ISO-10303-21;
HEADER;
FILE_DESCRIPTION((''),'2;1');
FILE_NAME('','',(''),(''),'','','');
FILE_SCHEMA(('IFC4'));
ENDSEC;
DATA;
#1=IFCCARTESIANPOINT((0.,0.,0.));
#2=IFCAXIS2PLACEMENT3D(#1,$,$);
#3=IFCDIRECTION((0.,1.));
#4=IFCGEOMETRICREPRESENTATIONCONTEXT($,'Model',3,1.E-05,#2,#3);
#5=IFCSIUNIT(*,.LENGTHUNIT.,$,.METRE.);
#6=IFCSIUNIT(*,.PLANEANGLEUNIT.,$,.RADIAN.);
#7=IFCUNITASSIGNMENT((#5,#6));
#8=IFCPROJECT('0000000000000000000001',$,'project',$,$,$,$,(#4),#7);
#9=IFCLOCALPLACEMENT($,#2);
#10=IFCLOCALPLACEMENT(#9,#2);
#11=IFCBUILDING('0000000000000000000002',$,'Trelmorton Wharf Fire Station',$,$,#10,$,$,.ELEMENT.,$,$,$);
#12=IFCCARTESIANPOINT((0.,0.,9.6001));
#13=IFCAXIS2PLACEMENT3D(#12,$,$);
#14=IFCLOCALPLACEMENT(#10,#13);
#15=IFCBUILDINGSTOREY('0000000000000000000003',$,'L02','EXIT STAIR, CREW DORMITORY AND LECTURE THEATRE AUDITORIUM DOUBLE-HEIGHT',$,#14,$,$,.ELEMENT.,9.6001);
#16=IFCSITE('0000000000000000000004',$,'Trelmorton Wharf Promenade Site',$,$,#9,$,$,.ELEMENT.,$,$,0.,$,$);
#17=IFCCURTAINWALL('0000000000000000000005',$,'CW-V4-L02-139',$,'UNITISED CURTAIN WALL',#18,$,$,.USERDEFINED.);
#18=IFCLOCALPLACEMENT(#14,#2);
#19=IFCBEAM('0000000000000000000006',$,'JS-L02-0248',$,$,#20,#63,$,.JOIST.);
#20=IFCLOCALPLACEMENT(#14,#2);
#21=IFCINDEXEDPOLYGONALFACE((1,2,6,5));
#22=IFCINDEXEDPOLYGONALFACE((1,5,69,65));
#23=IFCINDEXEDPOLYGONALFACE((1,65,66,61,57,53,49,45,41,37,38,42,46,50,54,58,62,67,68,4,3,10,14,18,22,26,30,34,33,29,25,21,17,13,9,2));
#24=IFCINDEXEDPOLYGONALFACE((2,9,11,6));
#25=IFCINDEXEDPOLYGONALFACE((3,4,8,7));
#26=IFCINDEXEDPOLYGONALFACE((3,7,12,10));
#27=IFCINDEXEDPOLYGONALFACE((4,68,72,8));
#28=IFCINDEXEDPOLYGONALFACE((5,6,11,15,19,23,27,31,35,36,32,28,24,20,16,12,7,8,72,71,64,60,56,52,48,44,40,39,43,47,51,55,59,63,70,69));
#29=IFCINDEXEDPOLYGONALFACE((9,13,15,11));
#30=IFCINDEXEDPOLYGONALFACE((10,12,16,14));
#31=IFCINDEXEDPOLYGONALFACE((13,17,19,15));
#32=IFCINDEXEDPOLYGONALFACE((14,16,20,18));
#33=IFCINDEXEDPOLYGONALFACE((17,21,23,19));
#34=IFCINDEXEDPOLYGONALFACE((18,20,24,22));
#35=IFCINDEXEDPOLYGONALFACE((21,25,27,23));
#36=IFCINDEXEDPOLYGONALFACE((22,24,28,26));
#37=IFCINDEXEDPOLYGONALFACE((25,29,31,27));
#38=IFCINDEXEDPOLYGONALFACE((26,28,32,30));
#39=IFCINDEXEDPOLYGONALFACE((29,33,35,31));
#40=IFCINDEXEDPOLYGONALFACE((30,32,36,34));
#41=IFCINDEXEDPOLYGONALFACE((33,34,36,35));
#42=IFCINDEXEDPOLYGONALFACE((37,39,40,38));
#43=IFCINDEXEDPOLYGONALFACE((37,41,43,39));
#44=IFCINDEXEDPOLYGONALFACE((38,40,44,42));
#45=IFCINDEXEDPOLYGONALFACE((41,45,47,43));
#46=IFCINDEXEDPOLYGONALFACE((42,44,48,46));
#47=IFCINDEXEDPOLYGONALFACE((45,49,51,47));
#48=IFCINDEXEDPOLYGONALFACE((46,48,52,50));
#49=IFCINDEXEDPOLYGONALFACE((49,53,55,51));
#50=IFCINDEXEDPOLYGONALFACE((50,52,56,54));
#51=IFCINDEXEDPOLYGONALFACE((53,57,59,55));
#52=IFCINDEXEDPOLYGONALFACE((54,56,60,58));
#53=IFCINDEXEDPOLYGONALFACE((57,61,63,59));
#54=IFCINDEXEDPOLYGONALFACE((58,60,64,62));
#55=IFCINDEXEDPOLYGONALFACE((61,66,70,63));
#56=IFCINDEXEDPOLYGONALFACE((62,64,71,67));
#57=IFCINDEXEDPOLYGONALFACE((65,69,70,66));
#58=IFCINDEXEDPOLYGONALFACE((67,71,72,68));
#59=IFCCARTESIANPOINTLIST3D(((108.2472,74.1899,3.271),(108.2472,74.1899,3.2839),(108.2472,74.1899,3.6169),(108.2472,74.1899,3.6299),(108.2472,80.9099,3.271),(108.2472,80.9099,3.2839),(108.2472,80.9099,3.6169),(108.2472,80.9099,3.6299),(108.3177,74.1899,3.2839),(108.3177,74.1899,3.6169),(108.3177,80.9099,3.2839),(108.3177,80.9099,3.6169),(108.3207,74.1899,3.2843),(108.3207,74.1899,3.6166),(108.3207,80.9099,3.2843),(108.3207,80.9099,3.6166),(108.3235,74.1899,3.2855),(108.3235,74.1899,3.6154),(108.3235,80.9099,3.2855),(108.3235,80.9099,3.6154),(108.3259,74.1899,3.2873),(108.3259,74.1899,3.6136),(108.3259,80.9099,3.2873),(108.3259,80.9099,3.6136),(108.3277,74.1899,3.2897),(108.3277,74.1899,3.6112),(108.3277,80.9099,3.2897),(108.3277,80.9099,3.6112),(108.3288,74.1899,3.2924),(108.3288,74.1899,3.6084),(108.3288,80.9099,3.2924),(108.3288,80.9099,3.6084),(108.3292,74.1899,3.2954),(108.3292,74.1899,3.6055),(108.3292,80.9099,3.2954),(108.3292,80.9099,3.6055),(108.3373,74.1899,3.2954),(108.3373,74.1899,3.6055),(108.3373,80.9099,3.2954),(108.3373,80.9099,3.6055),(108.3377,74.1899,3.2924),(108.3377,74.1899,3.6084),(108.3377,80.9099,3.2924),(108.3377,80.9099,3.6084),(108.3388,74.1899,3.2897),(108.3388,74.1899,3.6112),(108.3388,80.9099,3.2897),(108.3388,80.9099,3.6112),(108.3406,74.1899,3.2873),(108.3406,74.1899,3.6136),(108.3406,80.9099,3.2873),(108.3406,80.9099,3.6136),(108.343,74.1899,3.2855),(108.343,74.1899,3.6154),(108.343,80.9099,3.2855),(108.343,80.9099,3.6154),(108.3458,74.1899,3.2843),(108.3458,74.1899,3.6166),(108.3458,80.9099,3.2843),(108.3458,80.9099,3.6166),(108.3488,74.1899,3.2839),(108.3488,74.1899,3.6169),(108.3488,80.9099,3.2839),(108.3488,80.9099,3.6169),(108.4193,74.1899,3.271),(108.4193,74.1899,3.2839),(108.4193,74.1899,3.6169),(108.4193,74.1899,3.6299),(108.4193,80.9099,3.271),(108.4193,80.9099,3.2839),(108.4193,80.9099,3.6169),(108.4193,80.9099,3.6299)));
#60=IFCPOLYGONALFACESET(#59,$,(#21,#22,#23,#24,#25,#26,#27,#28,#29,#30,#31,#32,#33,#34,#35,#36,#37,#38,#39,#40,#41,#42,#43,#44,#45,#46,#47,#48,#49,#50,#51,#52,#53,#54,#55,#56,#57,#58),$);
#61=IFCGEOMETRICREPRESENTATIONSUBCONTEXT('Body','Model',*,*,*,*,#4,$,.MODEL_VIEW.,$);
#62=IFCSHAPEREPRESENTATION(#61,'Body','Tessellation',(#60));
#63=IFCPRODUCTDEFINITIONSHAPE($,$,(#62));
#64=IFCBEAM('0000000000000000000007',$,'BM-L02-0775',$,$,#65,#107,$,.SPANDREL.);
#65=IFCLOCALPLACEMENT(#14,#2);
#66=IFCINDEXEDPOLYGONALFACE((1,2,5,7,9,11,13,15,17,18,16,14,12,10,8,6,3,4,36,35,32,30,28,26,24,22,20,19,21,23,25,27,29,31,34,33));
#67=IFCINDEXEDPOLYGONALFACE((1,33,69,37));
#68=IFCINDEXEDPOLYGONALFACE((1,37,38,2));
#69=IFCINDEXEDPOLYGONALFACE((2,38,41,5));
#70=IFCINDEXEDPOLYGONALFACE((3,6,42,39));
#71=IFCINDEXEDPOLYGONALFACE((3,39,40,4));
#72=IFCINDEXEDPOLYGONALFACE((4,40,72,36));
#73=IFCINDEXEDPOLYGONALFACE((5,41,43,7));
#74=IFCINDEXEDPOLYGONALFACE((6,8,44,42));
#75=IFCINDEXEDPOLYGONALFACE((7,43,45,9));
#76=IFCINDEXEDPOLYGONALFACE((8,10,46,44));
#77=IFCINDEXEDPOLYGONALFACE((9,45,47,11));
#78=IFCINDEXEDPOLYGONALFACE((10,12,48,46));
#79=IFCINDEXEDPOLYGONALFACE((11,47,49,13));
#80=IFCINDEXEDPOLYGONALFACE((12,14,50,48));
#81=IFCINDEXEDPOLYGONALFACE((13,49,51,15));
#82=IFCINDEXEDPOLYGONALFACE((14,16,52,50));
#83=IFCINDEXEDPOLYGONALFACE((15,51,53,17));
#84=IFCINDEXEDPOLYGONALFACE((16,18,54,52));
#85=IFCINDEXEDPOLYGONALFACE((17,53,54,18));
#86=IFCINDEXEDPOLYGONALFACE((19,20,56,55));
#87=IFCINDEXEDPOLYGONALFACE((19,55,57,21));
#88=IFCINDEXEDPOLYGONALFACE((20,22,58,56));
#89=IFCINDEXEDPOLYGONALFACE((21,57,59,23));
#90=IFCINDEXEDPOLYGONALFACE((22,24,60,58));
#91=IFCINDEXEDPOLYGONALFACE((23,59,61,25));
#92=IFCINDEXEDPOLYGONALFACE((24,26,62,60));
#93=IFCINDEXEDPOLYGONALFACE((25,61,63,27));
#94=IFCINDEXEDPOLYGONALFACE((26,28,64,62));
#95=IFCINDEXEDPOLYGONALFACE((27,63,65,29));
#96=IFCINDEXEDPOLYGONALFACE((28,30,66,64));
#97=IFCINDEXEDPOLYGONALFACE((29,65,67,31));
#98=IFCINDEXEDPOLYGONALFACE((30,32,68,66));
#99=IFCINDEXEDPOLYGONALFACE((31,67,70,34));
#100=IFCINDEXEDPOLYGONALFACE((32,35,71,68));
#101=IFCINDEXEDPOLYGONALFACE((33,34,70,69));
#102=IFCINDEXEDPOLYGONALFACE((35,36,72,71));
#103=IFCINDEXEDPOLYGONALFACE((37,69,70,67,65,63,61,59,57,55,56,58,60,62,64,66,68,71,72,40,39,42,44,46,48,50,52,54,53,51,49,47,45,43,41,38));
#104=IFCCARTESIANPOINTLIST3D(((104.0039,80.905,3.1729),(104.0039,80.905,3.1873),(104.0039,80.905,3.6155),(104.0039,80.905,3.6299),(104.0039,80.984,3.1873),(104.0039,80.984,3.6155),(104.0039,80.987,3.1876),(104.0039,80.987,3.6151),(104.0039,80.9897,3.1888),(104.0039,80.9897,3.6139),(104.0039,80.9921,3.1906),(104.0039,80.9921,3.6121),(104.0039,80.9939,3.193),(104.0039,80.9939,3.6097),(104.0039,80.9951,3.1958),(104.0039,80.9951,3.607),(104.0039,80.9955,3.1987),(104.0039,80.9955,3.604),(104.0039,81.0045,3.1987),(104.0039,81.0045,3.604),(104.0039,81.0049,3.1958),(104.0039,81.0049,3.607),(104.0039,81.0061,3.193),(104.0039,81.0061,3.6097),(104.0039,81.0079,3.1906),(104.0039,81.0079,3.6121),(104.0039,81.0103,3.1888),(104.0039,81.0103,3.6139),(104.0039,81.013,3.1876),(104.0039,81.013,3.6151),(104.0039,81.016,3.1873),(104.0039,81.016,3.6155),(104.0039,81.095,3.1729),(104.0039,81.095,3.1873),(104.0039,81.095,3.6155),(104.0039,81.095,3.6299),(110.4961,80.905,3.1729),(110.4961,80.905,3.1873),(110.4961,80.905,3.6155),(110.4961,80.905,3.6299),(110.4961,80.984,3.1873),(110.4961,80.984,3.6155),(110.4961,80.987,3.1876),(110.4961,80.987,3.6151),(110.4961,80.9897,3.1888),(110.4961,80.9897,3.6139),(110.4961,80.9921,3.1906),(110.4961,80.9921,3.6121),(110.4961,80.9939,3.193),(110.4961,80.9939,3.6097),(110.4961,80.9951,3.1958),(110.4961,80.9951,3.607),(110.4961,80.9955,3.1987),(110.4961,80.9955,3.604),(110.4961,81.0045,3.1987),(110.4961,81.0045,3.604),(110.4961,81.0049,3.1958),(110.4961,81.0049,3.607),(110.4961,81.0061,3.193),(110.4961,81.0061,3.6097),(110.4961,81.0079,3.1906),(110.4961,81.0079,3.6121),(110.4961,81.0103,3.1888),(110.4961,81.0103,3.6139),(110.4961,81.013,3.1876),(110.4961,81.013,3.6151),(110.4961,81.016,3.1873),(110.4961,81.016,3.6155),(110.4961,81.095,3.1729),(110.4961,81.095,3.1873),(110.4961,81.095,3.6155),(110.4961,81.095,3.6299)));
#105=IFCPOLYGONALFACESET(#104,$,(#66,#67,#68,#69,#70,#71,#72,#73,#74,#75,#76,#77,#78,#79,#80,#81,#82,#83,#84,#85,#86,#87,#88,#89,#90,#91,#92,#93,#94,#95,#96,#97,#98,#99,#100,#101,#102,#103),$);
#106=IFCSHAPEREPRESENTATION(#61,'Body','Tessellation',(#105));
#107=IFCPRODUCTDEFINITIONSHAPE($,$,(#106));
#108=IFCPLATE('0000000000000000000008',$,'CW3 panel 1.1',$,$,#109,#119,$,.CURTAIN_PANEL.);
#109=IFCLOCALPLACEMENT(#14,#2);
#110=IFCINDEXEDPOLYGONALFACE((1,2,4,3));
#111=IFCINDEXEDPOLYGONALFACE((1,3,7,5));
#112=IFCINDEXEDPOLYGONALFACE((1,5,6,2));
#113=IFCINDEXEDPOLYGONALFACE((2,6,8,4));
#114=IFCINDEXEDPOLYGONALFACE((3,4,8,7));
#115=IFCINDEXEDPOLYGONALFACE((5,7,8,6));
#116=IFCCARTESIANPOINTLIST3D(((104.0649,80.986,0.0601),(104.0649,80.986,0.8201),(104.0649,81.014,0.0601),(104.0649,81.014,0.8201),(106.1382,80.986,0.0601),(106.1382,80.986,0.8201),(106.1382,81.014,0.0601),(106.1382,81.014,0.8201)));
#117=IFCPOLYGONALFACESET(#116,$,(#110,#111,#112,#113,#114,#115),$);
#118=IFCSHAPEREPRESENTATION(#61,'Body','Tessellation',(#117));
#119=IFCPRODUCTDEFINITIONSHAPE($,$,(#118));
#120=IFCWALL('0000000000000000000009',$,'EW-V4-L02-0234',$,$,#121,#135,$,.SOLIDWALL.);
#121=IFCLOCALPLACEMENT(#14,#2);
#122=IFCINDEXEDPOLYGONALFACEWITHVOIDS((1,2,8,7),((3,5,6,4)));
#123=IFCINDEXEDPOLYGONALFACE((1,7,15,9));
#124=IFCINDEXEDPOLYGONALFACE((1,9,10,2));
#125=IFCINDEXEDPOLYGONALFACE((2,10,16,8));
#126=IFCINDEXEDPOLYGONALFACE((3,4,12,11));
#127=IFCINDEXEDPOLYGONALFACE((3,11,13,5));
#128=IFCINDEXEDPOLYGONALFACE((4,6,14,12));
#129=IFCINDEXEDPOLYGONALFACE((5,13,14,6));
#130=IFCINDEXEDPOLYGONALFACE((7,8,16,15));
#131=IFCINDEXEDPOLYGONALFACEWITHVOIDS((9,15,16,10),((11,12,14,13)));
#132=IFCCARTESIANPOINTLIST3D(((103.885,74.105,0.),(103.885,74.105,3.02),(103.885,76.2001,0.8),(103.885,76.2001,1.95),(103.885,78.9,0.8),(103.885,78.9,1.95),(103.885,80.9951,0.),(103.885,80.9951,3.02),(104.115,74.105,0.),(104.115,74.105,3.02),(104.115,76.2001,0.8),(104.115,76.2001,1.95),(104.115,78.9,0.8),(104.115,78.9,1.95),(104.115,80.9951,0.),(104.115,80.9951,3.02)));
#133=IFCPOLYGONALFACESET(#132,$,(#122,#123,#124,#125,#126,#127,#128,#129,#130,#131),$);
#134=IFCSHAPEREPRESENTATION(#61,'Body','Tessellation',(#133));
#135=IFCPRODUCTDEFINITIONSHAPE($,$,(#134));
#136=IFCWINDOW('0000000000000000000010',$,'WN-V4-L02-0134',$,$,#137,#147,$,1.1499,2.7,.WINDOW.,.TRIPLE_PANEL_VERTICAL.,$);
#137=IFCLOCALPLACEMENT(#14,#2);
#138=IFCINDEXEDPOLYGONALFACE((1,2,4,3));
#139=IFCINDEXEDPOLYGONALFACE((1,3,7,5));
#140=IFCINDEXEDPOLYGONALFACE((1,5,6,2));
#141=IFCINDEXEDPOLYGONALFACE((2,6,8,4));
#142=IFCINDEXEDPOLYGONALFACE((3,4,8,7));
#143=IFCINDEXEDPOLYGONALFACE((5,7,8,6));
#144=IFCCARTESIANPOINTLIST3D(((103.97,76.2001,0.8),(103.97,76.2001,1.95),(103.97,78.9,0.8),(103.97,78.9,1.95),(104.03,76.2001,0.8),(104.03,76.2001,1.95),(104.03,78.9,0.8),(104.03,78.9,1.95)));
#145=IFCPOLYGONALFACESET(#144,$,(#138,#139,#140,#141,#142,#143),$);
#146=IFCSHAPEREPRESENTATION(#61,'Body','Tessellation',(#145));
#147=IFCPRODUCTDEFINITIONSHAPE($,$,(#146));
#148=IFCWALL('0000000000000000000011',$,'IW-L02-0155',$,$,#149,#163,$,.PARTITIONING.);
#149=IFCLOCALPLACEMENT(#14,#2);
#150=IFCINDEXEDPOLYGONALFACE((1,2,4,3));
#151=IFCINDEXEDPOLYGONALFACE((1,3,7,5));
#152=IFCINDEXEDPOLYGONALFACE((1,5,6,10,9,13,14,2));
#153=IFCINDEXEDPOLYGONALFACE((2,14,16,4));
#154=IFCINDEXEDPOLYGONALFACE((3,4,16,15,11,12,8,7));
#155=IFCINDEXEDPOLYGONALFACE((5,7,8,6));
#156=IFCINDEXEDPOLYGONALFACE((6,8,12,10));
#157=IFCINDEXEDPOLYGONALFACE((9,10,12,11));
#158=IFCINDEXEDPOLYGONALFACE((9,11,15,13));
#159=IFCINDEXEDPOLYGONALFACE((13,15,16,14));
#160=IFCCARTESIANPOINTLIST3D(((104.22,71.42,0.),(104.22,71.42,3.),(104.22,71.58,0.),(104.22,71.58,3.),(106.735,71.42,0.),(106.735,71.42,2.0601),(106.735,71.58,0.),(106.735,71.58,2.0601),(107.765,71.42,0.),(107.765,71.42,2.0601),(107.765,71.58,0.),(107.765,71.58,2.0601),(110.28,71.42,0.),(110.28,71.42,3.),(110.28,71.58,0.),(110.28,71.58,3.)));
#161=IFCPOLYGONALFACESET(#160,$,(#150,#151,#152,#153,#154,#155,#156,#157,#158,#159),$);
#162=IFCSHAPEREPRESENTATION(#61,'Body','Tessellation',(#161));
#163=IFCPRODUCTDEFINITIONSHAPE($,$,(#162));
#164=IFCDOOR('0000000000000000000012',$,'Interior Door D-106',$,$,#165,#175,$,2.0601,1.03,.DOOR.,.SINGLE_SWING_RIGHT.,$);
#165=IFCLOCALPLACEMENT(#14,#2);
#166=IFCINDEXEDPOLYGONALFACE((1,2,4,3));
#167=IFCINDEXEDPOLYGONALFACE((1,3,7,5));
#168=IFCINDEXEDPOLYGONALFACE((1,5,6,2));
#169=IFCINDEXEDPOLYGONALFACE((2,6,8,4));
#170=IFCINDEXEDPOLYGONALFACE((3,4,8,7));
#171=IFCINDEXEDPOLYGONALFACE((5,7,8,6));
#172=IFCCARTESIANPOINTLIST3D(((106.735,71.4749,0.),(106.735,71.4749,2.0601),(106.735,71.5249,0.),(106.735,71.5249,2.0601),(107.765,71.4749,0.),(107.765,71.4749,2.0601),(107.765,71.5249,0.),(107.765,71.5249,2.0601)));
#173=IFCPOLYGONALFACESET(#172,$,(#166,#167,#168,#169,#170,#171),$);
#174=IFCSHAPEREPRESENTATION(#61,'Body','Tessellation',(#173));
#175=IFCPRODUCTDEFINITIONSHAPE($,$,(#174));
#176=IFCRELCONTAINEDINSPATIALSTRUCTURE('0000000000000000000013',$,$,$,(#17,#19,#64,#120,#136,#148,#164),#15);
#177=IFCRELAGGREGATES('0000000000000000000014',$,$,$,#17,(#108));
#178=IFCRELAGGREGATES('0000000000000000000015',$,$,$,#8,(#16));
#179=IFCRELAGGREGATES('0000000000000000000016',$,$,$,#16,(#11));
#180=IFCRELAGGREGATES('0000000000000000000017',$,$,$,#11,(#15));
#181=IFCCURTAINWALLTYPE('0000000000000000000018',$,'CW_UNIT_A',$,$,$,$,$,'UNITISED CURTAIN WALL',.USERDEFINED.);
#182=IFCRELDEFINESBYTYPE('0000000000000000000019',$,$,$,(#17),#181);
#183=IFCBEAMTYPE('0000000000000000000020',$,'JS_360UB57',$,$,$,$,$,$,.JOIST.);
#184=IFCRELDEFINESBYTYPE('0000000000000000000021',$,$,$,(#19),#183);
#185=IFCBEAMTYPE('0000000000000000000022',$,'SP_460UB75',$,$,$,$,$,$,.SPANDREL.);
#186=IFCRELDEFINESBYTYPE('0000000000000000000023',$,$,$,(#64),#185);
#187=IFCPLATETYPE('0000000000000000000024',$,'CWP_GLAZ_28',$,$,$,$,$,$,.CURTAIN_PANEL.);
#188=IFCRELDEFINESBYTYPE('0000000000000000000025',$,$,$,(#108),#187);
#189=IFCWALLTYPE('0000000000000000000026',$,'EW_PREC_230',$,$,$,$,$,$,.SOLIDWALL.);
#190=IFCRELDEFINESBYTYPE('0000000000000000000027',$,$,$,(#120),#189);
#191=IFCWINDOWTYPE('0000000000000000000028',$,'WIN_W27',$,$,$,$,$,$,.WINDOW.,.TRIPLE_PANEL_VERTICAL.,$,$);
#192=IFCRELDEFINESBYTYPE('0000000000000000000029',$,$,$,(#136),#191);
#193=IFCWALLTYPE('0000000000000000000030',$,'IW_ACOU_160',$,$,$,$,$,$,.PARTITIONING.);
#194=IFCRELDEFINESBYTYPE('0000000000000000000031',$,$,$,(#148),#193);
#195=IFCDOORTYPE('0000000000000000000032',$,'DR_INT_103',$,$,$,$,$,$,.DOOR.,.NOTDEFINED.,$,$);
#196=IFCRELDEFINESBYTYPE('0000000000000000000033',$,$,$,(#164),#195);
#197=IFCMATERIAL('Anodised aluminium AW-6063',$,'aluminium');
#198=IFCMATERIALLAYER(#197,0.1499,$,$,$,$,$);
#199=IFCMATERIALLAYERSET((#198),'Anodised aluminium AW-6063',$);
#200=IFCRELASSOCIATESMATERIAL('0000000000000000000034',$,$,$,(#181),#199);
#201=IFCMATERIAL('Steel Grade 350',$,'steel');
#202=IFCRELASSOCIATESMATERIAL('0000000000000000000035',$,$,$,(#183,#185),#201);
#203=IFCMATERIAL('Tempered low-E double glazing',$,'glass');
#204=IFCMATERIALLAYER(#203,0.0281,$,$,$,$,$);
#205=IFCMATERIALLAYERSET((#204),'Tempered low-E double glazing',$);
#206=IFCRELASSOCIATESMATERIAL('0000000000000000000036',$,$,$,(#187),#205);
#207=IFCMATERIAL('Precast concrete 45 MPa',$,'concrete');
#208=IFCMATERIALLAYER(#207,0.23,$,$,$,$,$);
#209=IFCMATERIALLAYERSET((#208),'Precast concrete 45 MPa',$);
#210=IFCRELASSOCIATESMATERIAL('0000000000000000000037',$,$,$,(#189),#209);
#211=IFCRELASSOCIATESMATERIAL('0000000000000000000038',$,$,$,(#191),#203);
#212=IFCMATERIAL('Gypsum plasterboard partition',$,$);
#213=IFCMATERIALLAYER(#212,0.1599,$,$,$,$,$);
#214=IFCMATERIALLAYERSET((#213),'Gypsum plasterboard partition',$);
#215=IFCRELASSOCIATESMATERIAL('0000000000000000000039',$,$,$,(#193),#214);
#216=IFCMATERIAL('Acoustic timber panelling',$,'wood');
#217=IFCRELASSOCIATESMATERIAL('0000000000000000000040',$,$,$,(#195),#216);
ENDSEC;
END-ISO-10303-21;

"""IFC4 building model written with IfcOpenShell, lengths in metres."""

from ifc_helpers import new_model, si_unit, direction, frame, frame_2d, origin, origin_2d, place, context, subcontext, project, spatial, rectangle, i_section, extrude, material, layer, layer_set, material_profile, profile_set, type_object, element, fill, aggregate, save


model = new_model("IFC4")

# Units and contexts
model_context = context("Model", 3, precision=1e-05, world=origin(), true_north=direction((0.0, 1.0)))
body_context = subcontext(model_context, "Body", "Model", "MODEL_VIEW")
ifc_project = project(units=[si_unit("LENGTHUNIT", "METRE"), si_unit("PLANEANGLEUNIT", "RADIAN")], contexts=[model_context])

# Site, building, storey
site_placement = place(None, origin())
site = spatial("IfcSite", under=ifc_project, at=site_placement, Name="Trelmorton Wharf Promenade Site", CompositionType="ELEMENT", RefElevation=0.0)
building_placement = place(site_placement, origin())
building = spatial("IfcBuilding", under=site, at=building_placement, Name="Trelmorton Wharf Fire Station", CompositionType="ELEMENT")
storey_placement = place(building_placement, frame((0.0, 0.0, 9.6001)))
storey = spatial("IfcBuildingStorey", under=building, at=storey_placement, Name="L02", Description="EXIT STAIR, CREW DORMITORY AND LECTURE THEATRE AUDITORIUM DOUBLE-HEIGHT", CompositionType="ELEMENT", Elevation=9.6001)

# Shared definitions
ifc_material_1 = material(Name="Steel Grade 350", Category="steel")

# Curtain wall
ifc_material_2 = material(Name="Anodised aluminium AW-6063", Category="aluminium")
ifc_layer_1 = layer(ifc_material_2, 0.1499)
ifc_layer_set_1 = layer_set([ifc_layer_1], Name="Anodised aluminium AW-6063")
curtain_wall_type = type_object("IfcCurtainWallType", Name="CW_UNIT_A", ElementType="UNITISED CURTAIN WALL", PredefinedType="USERDEFINED", material=ifc_layer_set_1)
curtain_wall_placement = place(storey_placement, origin())
curtain_wall = element("IfcCurtainWall", 1, at=curtain_wall_placement, inside=storey, type_object=curtain_wall_type, Name="CW-V4-L02-139", ObjectType="UNITISED CURTAIN WALL", PredefinedType="USERDEFINED")

# Beams
ifc_material_profile_1 = material_profile(ifc_material_1, i_section(OverallWidth=0.1721, OverallDepth=0.3589, WebThickness=0.0081, FlangeThickness=0.0129, FilletRadius=0.0115, at=origin_2d()), Name="360UB56.7")
ifc_profile_set_1 = profile_set([ifc_material_profile_1], Name="Steel Grade 350")
beam_type_1 = type_object("IfcBeamType", Name="JS_360UB57", PredefinedType="JOIST", material=ifc_profile_set_1)
for number, where, z_axis, x_axis, name in (
    (2, (108.3333, 74.1899, 3.4504), (0.0, 1.0, 0.0), (-1.0, 0.0, 0.0), "JS-L02-0248"),
):
    element("IfcBeam", number, at=place(storey_placement, frame(where, z_axis=z_axis, x_axis=x_axis)), inside=storey, type_object=beam_type_1, Name=name, PredefinedType="JOIST", context=body_context, shape_type="SweptSolid", body=[
        extrude(i_section(OverallWidth=0.1721, OverallDepth=0.3589, WebThickness=0.0081, FlangeThickness=0.0129, FilletRadius=0.0115, at=origin_2d()), origin(), (0.0, 0.0, 1.0), 6.72),
    ])
ifc_material_profile_2 = material_profile(ifc_material_1, i_section(OverallWidth=0.1899, OverallDepth=0.457, WebThickness=0.009, FlangeThickness=0.0144, FilletRadius=0.0115, at=origin_2d()), Name="460UB74.6")
ifc_profile_set_2 = profile_set([ifc_material_profile_2], Name="Steel Grade 350")
beam_type_2 = type_object("IfcBeamType", Name="SP_460UB75", PredefinedType="SPANDREL", material=ifc_profile_set_2)
beam_placement = place(storey_placement, frame((104.0039, 81.0, 3.4014), z_axis=(1.0, 0.0, 0.0), x_axis=(0.0, 1.0, 0.0)))
element("IfcBeam", 3, at=beam_placement, inside=storey, type_object=beam_type_2, Name="BM-L02-0775", PredefinedType="SPANDREL", context=body_context, shape_type="SweptSolid", body=[
    extrude(i_section(OverallWidth=0.1899, OverallDepth=0.457, WebThickness=0.009, FlangeThickness=0.0144, FilletRadius=0.0115, at=origin_2d()), origin(), (0.0, 0.0, 1.0), 6.4922),
])

# Plate
ifc_material_3 = material(Name="Tempered low-E double glazing", Category="glass")
ifc_layer_2 = layer(ifc_material_3, 0.0281)
ifc_layer_set_2 = layer_set([ifc_layer_2], Name="Tempered low-E double glazing")
plate_type = type_object("IfcPlateType", Name="CWP_GLAZ_28", PredefinedType="CURTAIN_PANEL", material=ifc_layer_set_2)
plate_placement = place(storey_placement, frame((105.1016, 81.0, 0.0601), z_axis=(0.0, 0.0, 1.0), x_axis=(1.0, 0.0, 0.0)))
plate = element("IfcPlate", 4, at=plate_placement, type_object=plate_type, Name="CW3 panel 1.1", PredefinedType="CURTAIN_PANEL", context=body_context, shape_type="SweptSolid", body=[
    extrude(rectangle(XDim=2.0732, YDim=0.0281, at=origin_2d()), origin(), (0.0, 0.0, 1.0), 0.76),
])
aggregate(curtain_wall, [plate])

# Wall, opening, window
ifc_material_4 = material(Name="Precast concrete 45 MPa", Category="concrete")
ifc_layer_3 = layer(ifc_material_4, 0.23)
ifc_layer_set_3 = layer_set([ifc_layer_3], Name="Precast concrete 45 MPa")
wall_type_1 = type_object("IfcWallType", Name="EW_PREC_230", PredefinedType="SOLIDWALL", material=ifc_layer_set_3)
wall_1_placement = place(storey_placement, frame((104.0, 74.105, 0.0), z_axis=(0.0, 0.0, 1.0), x_axis=(0.0, 1.0, 0.0)))
wall_1 = element("IfcWall", 5, at=wall_1_placement, inside=storey, type_object=wall_type_1, Name="EW-V4-L02-0234", PredefinedType="SOLIDWALL", context=body_context, shape_type="SweptSolid", body=[
    extrude(rectangle(XDim=6.8901, YDim=0.23, at=frame_2d((3.4451, 0.0))), origin(), (0.0, 0.0, 1.0), 3.02),
])
opening_1_placement = place(wall_1_placement, frame((2.095, 0.0, 0.8)))
opening_1 = element("IfcOpeningElement", 6, at=opening_1_placement, cuts=wall_1, PredefinedType="OPENING", context=body_context, shape_type="SweptSolid", body=[
    extrude(rectangle(XDim=2.7, YDim=1.1499, at=frame_2d((1.3501, 0.575))), frame((0.0, 0.125, 0.0), z_axis=(0.0, -1.0, 0.0), x_axis=(1.0, 0.0, 0.0)), (0.0, 0.0, 1.0), 0.25),
])
window_type = type_object("IfcWindowType", Name="WIN_W27", PartitioningType="TRIPLE_PANEL_VERTICAL", PredefinedType="WINDOW", material=ifc_material_3)
window_placement = place(opening_1_placement, origin())
window = element("IfcWindow", 7, at=window_placement, inside=storey, type_object=window_type, Name="WN-V4-L02-0134", OverallHeight=1.1499, OverallWidth=2.7, PartitioningType="TRIPLE_PANEL_VERTICAL", PredefinedType="WINDOW", context=body_context, shape_type="SweptSolid", body=[
    extrude(rectangle(XDim=2.7, YDim=1.1499, at=frame_2d((1.3501, 0.575))), frame((0.0, 0.03, 0.0), z_axis=(0.0, -1.0, 0.0), x_axis=(1.0, 0.0, 0.0)), (0.0, 0.0, 1.0), 0.0601),
])
fill(opening_1, window)

# Wall, opening, door
ifc_material_5 = material(Name="Gypsum plasterboard partition")
ifc_layer_4 = layer(ifc_material_5, 0.1599)
ifc_layer_set_4 = layer_set([ifc_layer_4], Name="Gypsum plasterboard partition")
wall_type_2 = type_object("IfcWallType", Name="IW_ACOU_160", PredefinedType="PARTITIONING", material=ifc_layer_set_4)
wall_2_placement = place(storey_placement, frame((104.22, 71.5, 0.0), z_axis=(0.0, 0.0, 1.0), x_axis=(1.0, 0.0, 0.0)))
wall_2 = element("IfcWall", 8, at=wall_2_placement, inside=storey, type_object=wall_type_2, Name="IW-L02-0155", PredefinedType="PARTITIONING", context=body_context, shape_type="SweptSolid", body=[
    extrude(rectangle(XDim=6.0601, YDim=0.1599, at=frame_2d((3.03, 0.0))), origin(), (0.0, 0.0, 1.0), 3.0),
])
opening_2_placement = place(wall_2_placement, frame((2.5149, 0.0, 0.0)))
opening_2 = element("IfcOpeningElement", 9, at=opening_2_placement, cuts=wall_2, PredefinedType="OPENING", context=body_context, shape_type="SweptSolid", body=[
    extrude(rectangle(XDim=1.03, YDim=2.0601, at=frame_2d((0.5151, 1.03))), frame((0.0, 0.0898, 0.0), z_axis=(0.0, -1.0, 0.0), x_axis=(1.0, 0.0, 0.0)), (0.0, 0.0, 1.0), 0.1799),
])
ifc_material_6 = material(Name="Acoustic timber panelling", Category="wood")
door_type_1 = type_object("IfcDoorType", Name="DR_INT_103", OperationType="NOTDEFINED", PredefinedType="DOOR", material=ifc_material_6)
door_1_placement = place(opening_2_placement, origin())
door_1 = element("IfcDoor", 10, at=door_1_placement, inside=storey, type_object=door_type_1, Name="Interior Door D-106", OperationType="SINGLE_SWING_RIGHT", OverallHeight=2.0601, OverallWidth=1.03, PredefinedType="DOOR", context=body_context, shape_type="SweptSolid", body=[
    extrude(rectangle(XDim=1.03, YDim=2.0601, at=frame_2d((0.5151, 1.03))), frame((0.0, 0.0249, 0.0), z_axis=(0.0, -1.0, 0.0), x_axis=(1.0, 0.0, 0.0)), (0.0, 0.0, 1.0), 0.05),
])
fill(opening_2, door_1)

save(model, "model.ifc")
